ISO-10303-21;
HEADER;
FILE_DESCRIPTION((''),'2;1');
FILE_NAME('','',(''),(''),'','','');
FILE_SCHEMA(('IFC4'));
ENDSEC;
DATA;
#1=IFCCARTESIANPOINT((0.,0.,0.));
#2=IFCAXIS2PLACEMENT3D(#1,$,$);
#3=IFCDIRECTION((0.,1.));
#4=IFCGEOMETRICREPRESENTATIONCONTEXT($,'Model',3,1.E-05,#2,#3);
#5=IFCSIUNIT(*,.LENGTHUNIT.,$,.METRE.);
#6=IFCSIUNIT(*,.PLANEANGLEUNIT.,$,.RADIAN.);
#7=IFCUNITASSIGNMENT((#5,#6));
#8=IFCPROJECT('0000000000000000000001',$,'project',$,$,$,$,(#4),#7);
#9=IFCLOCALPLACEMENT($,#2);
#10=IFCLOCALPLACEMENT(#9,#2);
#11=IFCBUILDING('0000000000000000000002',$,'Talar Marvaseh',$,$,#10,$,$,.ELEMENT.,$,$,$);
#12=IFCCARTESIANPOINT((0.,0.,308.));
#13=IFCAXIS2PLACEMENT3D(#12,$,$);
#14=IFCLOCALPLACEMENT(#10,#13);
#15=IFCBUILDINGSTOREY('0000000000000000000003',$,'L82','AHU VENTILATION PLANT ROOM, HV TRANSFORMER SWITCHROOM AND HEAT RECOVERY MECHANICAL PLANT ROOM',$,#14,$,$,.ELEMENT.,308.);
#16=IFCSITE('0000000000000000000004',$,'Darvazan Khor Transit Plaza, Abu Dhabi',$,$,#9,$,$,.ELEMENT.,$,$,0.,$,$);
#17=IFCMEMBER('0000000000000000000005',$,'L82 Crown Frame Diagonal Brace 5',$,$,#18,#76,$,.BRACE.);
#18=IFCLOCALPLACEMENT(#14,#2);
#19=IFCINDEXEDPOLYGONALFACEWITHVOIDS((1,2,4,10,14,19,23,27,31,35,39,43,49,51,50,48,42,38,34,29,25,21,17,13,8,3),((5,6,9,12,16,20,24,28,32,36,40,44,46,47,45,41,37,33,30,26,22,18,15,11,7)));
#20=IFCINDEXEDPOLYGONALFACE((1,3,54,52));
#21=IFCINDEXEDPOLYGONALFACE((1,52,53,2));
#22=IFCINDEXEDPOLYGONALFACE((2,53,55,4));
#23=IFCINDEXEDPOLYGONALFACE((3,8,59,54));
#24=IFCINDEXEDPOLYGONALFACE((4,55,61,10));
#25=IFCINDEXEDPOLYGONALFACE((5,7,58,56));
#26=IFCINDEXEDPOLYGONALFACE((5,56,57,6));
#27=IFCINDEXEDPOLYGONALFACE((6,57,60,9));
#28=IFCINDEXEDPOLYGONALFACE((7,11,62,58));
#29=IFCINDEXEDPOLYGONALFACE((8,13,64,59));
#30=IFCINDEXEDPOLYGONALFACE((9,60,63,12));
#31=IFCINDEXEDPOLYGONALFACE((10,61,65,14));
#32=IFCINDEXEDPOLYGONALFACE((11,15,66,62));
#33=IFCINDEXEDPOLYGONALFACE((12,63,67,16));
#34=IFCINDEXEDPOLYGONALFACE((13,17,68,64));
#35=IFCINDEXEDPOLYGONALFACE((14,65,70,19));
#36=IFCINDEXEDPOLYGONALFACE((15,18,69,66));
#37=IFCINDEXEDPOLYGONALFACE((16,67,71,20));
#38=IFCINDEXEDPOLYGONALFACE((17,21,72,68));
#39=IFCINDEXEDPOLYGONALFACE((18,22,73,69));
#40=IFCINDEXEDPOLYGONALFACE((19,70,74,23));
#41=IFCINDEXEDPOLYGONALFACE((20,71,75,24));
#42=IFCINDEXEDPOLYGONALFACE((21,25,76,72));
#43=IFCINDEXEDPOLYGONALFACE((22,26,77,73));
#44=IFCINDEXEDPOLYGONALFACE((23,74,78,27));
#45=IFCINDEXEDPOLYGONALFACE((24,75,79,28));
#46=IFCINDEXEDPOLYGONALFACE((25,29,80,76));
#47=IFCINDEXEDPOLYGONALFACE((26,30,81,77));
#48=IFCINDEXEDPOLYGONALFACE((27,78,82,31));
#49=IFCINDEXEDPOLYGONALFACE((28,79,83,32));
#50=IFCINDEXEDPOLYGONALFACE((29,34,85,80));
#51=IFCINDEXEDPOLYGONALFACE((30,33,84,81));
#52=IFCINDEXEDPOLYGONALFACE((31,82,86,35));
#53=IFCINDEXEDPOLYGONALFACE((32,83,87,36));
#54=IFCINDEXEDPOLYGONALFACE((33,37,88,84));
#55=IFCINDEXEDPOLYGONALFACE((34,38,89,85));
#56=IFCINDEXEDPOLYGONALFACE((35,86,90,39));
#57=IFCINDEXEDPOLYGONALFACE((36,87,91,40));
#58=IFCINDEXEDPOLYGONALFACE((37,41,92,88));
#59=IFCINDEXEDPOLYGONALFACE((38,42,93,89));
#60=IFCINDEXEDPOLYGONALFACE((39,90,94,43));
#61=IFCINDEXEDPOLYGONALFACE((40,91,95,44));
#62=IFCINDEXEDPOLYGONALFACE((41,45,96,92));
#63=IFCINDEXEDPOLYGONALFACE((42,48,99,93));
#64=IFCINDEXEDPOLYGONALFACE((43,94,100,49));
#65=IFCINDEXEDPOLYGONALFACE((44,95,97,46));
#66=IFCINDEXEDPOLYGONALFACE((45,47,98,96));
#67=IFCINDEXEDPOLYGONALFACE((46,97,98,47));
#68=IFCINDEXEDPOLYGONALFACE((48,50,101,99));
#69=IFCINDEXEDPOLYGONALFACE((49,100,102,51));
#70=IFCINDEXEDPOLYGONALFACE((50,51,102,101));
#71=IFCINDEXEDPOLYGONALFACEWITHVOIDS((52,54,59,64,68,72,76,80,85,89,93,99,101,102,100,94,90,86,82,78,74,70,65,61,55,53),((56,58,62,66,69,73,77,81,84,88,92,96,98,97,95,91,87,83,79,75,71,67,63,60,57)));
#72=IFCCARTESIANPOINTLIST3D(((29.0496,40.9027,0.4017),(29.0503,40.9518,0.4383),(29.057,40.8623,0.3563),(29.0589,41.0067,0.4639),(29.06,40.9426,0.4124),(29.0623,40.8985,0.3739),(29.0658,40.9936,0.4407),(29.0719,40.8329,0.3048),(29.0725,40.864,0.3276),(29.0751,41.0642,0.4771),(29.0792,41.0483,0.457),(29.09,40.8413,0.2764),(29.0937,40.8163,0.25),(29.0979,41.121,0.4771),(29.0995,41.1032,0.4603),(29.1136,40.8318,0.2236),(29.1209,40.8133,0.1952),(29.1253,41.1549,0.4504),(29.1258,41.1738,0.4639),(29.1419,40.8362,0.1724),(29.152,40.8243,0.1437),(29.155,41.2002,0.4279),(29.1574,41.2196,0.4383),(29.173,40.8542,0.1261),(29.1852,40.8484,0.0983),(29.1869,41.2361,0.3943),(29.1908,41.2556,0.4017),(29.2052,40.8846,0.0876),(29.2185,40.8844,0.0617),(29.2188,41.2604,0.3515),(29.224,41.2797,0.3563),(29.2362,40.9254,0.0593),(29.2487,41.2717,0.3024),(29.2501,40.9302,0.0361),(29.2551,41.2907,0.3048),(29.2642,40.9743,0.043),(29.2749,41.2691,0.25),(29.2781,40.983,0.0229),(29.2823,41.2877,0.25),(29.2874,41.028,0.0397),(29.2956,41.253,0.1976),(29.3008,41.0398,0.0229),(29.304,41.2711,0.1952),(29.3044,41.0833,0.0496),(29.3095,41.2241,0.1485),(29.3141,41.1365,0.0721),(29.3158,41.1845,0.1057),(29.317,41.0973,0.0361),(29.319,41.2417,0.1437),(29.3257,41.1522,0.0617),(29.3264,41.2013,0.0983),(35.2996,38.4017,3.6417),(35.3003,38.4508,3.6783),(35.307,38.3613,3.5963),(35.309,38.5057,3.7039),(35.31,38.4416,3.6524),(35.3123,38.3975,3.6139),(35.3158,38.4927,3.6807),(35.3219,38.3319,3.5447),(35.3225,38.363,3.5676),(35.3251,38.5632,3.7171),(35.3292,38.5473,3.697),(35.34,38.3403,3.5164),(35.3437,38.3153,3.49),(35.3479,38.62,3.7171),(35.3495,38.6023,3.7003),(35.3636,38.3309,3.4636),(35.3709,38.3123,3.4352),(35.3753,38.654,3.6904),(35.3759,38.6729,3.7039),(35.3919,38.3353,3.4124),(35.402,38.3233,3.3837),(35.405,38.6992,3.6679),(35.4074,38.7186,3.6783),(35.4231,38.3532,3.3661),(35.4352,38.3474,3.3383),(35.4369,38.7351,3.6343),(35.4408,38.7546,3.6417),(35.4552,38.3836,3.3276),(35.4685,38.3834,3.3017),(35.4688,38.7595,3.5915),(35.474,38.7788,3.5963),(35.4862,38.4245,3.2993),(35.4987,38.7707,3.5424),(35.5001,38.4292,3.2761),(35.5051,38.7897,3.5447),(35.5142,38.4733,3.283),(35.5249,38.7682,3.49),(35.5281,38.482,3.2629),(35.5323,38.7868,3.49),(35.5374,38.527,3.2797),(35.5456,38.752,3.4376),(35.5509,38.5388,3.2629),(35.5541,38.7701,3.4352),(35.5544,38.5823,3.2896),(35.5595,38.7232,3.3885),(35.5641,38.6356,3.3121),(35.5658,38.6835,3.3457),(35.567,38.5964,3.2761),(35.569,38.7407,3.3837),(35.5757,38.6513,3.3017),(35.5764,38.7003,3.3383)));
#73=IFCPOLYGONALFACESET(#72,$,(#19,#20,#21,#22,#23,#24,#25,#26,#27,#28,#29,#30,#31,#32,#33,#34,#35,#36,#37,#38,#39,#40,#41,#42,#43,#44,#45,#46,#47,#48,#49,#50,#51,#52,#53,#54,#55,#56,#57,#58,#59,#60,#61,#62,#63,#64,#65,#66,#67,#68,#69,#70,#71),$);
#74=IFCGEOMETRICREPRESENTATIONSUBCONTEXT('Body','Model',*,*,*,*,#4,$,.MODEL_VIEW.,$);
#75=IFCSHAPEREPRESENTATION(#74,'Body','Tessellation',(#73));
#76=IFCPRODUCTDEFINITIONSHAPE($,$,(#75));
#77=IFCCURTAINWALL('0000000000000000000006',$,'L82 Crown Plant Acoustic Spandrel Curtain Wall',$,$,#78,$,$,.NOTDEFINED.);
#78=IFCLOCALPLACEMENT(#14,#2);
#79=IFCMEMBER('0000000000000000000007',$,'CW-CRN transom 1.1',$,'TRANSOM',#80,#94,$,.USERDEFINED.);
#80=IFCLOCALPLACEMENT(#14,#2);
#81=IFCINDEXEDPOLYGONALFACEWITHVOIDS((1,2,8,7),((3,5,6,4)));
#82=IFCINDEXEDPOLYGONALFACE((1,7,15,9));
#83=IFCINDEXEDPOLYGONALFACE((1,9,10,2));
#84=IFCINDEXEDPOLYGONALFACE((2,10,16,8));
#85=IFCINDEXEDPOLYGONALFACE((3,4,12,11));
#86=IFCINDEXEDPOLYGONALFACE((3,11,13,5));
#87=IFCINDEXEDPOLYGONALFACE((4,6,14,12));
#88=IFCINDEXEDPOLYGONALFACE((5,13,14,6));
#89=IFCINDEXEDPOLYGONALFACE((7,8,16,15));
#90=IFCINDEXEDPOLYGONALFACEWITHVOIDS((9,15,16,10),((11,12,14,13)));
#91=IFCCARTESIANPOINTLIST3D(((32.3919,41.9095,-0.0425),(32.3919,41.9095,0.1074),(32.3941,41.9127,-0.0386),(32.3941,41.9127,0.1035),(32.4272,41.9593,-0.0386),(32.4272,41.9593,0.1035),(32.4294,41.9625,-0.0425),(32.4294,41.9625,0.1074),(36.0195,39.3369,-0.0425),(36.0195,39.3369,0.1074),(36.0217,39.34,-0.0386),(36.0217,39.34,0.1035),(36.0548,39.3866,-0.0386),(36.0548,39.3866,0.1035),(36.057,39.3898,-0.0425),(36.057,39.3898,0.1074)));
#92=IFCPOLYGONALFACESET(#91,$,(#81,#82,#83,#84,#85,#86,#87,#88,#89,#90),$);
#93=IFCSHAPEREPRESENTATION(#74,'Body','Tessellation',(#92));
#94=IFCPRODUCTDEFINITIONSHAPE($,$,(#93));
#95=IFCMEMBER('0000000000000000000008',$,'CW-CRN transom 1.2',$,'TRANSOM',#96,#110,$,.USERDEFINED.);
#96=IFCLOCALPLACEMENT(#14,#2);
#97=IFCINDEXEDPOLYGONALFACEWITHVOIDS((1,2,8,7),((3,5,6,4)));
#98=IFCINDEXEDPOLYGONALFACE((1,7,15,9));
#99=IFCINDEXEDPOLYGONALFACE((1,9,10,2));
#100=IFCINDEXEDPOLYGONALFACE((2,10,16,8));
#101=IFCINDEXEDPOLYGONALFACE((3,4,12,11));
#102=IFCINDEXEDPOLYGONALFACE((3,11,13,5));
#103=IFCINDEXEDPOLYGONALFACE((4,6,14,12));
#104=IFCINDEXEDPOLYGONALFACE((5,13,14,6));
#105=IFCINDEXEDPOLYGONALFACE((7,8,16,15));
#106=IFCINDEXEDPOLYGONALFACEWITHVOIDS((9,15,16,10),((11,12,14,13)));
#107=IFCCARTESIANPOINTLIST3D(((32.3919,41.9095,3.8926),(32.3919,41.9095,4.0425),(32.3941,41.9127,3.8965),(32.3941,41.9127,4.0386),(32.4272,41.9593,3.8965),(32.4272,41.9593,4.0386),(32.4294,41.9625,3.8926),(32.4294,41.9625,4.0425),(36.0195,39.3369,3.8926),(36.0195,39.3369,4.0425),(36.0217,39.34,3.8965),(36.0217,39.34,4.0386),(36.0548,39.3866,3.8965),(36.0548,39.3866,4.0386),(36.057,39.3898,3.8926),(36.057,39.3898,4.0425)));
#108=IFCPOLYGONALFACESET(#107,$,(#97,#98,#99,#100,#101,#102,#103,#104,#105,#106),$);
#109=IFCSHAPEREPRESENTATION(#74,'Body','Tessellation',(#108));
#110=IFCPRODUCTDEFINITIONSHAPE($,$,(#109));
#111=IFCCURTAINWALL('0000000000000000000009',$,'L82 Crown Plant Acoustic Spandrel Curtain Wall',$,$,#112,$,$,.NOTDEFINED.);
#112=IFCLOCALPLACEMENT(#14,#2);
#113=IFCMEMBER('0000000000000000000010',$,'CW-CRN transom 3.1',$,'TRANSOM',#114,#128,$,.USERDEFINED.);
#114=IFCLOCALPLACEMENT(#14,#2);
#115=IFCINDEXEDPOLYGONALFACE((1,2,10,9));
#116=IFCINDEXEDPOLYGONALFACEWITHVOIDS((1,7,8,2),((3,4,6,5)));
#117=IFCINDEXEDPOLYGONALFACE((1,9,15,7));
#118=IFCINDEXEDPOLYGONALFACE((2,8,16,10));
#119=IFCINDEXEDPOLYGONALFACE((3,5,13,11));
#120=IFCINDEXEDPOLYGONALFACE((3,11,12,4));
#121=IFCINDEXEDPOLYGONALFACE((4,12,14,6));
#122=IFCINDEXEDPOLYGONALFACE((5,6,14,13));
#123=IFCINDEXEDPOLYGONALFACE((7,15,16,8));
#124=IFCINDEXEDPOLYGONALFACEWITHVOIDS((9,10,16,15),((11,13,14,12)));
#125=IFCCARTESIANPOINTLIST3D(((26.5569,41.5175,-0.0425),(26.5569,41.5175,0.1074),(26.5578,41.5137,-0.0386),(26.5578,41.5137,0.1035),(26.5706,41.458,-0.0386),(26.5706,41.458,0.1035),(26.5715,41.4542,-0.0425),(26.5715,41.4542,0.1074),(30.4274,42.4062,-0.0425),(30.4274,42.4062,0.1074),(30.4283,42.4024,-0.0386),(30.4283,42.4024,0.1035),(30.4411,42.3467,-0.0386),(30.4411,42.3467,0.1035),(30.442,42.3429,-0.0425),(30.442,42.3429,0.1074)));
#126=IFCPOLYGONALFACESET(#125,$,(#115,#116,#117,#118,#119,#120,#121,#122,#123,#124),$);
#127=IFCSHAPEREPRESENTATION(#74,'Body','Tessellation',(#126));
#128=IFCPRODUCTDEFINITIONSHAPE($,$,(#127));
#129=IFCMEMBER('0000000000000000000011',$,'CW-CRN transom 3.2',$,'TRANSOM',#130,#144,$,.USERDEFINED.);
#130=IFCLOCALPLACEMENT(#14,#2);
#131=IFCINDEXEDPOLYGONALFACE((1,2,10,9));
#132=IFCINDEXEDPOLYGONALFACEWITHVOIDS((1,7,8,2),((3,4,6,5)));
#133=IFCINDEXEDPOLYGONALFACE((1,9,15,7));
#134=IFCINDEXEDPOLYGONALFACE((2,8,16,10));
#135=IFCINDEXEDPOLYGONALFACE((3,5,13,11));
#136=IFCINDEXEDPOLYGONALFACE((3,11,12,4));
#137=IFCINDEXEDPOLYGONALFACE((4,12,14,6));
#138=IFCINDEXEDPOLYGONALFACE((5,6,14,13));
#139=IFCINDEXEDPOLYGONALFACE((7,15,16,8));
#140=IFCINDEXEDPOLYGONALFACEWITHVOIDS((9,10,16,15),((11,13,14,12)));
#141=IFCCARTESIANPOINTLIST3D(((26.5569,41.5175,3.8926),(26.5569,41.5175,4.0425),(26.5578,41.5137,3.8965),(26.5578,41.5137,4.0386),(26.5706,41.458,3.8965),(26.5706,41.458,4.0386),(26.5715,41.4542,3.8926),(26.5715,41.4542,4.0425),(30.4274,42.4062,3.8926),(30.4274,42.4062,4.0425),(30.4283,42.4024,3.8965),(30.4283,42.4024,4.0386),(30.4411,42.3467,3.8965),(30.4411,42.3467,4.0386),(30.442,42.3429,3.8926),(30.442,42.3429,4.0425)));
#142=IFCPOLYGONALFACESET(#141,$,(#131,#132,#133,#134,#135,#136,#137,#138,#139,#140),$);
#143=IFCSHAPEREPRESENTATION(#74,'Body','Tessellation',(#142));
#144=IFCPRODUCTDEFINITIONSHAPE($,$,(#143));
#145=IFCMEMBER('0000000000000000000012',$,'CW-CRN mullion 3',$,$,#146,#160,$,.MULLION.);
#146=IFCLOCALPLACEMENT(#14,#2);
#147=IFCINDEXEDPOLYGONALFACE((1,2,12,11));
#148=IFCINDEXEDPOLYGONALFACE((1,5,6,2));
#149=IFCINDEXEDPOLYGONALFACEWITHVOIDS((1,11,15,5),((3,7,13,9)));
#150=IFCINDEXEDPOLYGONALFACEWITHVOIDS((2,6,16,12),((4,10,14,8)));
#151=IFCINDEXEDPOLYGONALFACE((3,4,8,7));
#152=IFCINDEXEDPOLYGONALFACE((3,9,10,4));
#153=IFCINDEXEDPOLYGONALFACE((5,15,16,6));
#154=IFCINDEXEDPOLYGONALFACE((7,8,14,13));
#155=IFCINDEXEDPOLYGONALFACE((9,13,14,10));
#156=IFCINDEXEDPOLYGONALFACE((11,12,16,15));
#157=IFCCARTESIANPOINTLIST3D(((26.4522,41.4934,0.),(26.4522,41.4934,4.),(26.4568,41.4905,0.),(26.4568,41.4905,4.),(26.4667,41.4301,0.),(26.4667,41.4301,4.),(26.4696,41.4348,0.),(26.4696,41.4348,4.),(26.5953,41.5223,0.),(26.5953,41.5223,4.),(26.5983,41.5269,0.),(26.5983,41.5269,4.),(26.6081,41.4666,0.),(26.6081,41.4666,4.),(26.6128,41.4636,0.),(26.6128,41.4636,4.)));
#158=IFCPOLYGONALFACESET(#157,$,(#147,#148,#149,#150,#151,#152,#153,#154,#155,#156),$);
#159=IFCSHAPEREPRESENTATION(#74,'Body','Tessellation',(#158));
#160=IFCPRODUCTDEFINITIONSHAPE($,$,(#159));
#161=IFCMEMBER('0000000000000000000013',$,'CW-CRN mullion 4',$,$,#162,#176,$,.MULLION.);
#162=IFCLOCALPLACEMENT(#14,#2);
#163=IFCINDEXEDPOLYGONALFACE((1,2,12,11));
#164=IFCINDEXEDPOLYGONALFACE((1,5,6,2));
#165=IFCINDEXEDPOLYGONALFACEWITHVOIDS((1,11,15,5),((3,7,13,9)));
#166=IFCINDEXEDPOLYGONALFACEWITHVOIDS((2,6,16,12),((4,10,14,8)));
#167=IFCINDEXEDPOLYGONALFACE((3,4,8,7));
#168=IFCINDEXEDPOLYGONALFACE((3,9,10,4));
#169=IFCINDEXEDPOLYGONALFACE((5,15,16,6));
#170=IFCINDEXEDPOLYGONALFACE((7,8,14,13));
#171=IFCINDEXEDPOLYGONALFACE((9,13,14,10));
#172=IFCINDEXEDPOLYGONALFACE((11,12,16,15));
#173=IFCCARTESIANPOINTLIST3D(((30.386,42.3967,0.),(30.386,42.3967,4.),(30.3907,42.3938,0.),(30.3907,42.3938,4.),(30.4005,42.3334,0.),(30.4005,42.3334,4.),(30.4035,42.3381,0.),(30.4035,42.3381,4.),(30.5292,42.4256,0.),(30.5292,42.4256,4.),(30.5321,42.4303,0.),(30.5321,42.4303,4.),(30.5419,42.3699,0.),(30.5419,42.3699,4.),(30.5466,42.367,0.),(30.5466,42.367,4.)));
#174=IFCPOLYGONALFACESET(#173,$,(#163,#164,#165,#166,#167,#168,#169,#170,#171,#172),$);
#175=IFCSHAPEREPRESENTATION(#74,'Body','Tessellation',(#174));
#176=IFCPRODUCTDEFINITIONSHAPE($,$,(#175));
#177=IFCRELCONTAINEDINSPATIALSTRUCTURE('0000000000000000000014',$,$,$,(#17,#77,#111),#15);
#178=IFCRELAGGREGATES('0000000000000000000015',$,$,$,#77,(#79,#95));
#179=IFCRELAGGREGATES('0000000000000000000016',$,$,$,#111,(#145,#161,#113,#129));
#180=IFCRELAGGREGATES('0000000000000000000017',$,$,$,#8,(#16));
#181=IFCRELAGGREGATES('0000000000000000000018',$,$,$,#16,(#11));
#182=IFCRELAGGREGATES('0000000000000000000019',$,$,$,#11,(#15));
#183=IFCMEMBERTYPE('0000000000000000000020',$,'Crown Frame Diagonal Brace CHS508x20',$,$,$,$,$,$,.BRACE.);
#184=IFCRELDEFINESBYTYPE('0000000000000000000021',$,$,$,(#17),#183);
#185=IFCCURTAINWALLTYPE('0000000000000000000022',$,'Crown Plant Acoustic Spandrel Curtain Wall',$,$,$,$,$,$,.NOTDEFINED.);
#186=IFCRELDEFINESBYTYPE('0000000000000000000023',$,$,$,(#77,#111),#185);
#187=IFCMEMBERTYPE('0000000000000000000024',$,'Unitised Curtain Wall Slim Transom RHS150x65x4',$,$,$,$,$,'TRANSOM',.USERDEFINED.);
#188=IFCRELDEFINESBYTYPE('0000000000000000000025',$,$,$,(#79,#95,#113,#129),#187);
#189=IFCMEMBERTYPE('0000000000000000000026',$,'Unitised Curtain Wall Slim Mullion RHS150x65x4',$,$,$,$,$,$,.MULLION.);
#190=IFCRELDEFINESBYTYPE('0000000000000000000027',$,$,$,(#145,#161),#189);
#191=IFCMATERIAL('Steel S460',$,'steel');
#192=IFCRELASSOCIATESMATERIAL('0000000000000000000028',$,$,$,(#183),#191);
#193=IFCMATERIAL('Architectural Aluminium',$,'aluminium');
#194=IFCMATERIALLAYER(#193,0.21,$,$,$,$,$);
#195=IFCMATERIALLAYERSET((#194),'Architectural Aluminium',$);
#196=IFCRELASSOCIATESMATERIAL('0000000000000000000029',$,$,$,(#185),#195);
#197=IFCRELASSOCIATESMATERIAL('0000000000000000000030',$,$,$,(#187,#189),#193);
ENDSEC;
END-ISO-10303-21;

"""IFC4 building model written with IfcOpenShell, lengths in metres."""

from ifc_helpers import new_model, si_unit, direction, frame, origin, origin_2d, place, context, subcontext, project, spatial, hollow_rectangle, hollow_circle, extrude, source, transform, mapped, material, layer, layer_set, material_profile, profile_set, type_object, type_shapes, element, aggregate, save


model = new_model("IFC4")

# Units and contexts
model_context = context("Model", 3, precision=1e-05, world=origin(), true_north=direction((0.0, 1.0)))
body_context = subcontext(model_context, "Body", "Model", "MODEL_VIEW")
ifc_project = project(units=[si_unit("LENGTHUNIT", "METRE"), si_unit("PLANEANGLEUNIT", "RADIAN")], contexts=[model_context])

# Site, building, storey
site_placement = place(None, origin())
site = spatial("IfcSite", under=ifc_project, at=site_placement, Name="Darvazan Khor Transit Plaza, Abu Dhabi", CompositionType="ELEMENT", RefElevation=0.0)
building_placement = place(site_placement, origin())
building = spatial("IfcBuilding", under=site, at=building_placement, Name="Talar Marvaseh", CompositionType="ELEMENT")
storey_placement = place(building_placement, frame((0.0, 0.0, 308.0)))
storey = spatial("IfcBuildingStorey", under=building, at=storey_placement, Name="L82", Description="AHU VENTILATION PLANT ROOM, HV TRANSFORMER SWITCHROOM AND HEAT RECOVERY MECHANICAL PLANT ROOM", CompositionType="ELEMENT", Elevation=308.0)

# Shared definitions
ifc_material_1 = material(Name="Steel S460", Category="steel")

# Member
ifc_material_profile_1 = material_profile(ifc_material_1, hollow_circle(Radius=0.2539, WallThickness=0.02, at=origin_2d()), Name="CHS508x20")
ifc_profile_set_1 = profile_set([ifc_material_profile_1], Name="Steel S460")
member_type_1 = type_object("IfcMemberType", Name="Crown Frame Diagonal Brace CHS508x20", PredefinedType="BRACE", material=ifc_profile_set_1)
shared_shape_1 = source(origin(), body_context, "Body", "SweptSolid", [
    extrude(hollow_circle(Radius=0.2539, WallThickness=0.02, at=origin_2d()), origin(), (0.0, 0.0, 1.0), 7.4709),
])
type_shapes(member_type_1, [shared_shape_1])
member_1_placement = place(storey_placement, frame((29.188, 41.052, 0.25), z_axis=(0.836575, -0.334761, 0.433679), x_axis=(0.371516, 0.928427, 0.0)))
element("IfcMember", 1, at=member_1_placement, inside=storey, type_object=member_type_1, Name="L82 Crown Frame Diagonal Brace 5", PredefinedType="BRACE", context=body_context, shape_type="MappedRepresentation", body=[
    mapped(shared_shape_1, transform((0.0, 0.0, 0.0), x_axis=(1.0, 0.0, 0.0), y_axis=(0.0, 1.0, 0.0), z_axis=(0.0, 0.0, 1.0), scale=1.0)),
])

# Curtain walls, members
ifc_material_2 = material(Name="Architectural Aluminium", Category="aluminium")
ifc_layer_1 = layer(ifc_material_2, 0.21)
ifc_layer_set_1 = layer_set([ifc_layer_1], Name="Architectural Aluminium")
curtain_wall_type = type_object("IfcCurtainWallType", Name="Crown Plant Acoustic Spandrel Curtain Wall", PredefinedType="NOTDEFINED", material=ifc_layer_set_1)
curtain_wall_1_placement = place(storey_placement, origin())
curtain_wall_1 = element("IfcCurtainWall", 2, at=curtain_wall_1_placement, inside=storey, type_object=curtain_wall_type, Name="L82 Crown Plant Acoustic Spandrel Curtain Wall", PredefinedType="NOTDEFINED")
ifc_material_profile_2 = material_profile(ifc_material_2, hollow_rectangle(XDim=0.0649, YDim=0.1499, WallThickness=0.0039, at=origin_2d()), Name="RHS150x65x4")
ifc_profile_set_2 = profile_set([ifc_material_profile_2], Name="Architectural Aluminium")
member_type_2 = type_object("IfcMemberType", Name="Unitised Curtain Wall Slim Transom RHS150x65x4", ElementType="TRANSOM", PredefinedType="USERDEFINED", material=ifc_profile_set_2)
shared_shape_2 = source(origin(), body_context, "Body", "SweptSolid", [
    extrude(hollow_rectangle(XDim=0.0649, YDim=0.1499, WallThickness=0.0039, at=origin_2d()), origin(), (0.0, 0.0, 1.0), 4.4473),
])
member_2_placement = place(storey_placement, frame((32.4106, 41.936, 0.0325), z_axis=(0.815691, -0.578488, 0.0), x_axis=(0.578488, 0.815691, 0.0)))
member_2 = element("IfcMember", 3, at=member_2_placement, type_object=member_type_2, Name="CW-CRN transom 1.1", ObjectType="TRANSOM", PredefinedType="USERDEFINED", context=body_context, shape_type="MappedRepresentation", body=[
    mapped(shared_shape_2, transform((0.0, 0.0, 0.0), x_axis=(1.0, 0.0, 0.0), y_axis=(0.0, 1.0, 0.0), z_axis=(0.0, 0.0, 1.0), scale=1.0)),
])
member_3_placement = place(storey_placement, frame((32.4106, 41.936, 3.9675), z_axis=(0.815691, -0.578488, 0.0), x_axis=(0.578488, 0.815691, 0.0)))
member_3 = element("IfcMember", 4, at=member_3_placement, type_object=member_type_2, Name="CW-CRN transom 1.2", ObjectType="TRANSOM", PredefinedType="USERDEFINED", context=body_context, shape_type="MappedRepresentation", body=[
    mapped(shared_shape_2, transform((0.0, 0.0, 0.0), x_axis=(1.0, 0.0, 0.0), y_axis=(0.0, 1.0, 0.0), z_axis=(0.0, 0.0, 1.0), scale=1.0)),
])
curtain_wall_2_placement = place(storey_placement, origin())
curtain_wall_2 = element("IfcCurtainWall", 5, at=curtain_wall_2_placement, inside=storey, type_object=curtain_wall_type, Name="L82 Crown Plant Acoustic Spandrel Curtain Wall", PredefinedType="NOTDEFINED")
shared_shape_3 = source(origin(), body_context, "Body", "SweptSolid", [
    extrude(hollow_rectangle(XDim=0.0649, YDim=0.1499, WallThickness=0.0039, at=origin_2d()), origin(), (0.0, 0.0, 1.0), 3.9712),
])
type_shapes(member_type_2, [shared_shape_2, shared_shape_3])
member_4_placement = place(storey_placement, frame((26.5642, 41.4858, 0.0325), z_axis=(0.974638, 0.223786, 0.0), x_axis=(-0.223786, 0.974638, 0.0)))
member_4 = element("IfcMember", 6, at=member_4_placement, type_object=member_type_2, Name="CW-CRN transom 3.1", ObjectType="TRANSOM", PredefinedType="USERDEFINED", context=body_context, shape_type="MappedRepresentation", body=[
    mapped(shared_shape_3, transform((0.0, 0.0, 0.0), x_axis=(1.0, 0.0, 0.0), y_axis=(0.0, 1.0, 0.0), z_axis=(0.0, 0.0, 1.0), scale=1.0)),
])
member_5_placement = place(storey_placement, frame((26.5642, 41.4858, 3.9675), z_axis=(0.974638, 0.223786, 0.0), x_axis=(-0.223786, 0.974638, 0.0)))
member_5 = element("IfcMember", 7, at=member_5_placement, type_object=member_type_2, Name="CW-CRN transom 3.2", ObjectType="TRANSOM", PredefinedType="USERDEFINED", context=body_context, shape_type="MappedRepresentation", body=[
    mapped(shared_shape_3, transform((0.0, 0.0, 0.0), x_axis=(1.0, 0.0, 0.0), y_axis=(0.0, 1.0, 0.0), z_axis=(0.0, 0.0, 1.0), scale=1.0)),
])
ifc_material_profile_3 = material_profile(ifc_material_2, hollow_rectangle(XDim=0.0649, YDim=0.1499, WallThickness=0.0039, at=origin_2d()), Name="RHS150x65x4")
ifc_profile_set_3 = profile_set([ifc_material_profile_3], Name="Architectural Aluminium")
member_type_3 = type_object("IfcMemberType", Name="Unitised Curtain Wall Slim Mullion RHS150x65x4", PredefinedType="MULLION", material=ifc_profile_set_3)
shared_shape_4 = source(origin(), body_context, "Body", "SweptSolid", [
    extrude(hollow_rectangle(XDim=0.0649, YDim=0.1499, WallThickness=0.0039, at=origin_2d()), origin(), (0.0, 0.0, 1.0), 4.0),
])
type_shapes(member_type_3, [shared_shape_4])
member_6_placement = place(storey_placement, frame((26.5325, 41.4785, 0.0), z_axis=(0.0, 0.0, 1.0), x_axis=(-0.223792, 0.974637, 0.0)))
member_6 = element("IfcMember", 8, at=member_6_placement, type_object=member_type_3, Name="CW-CRN mullion 3", PredefinedType="MULLION", context=body_context, shape_type="MappedRepresentation", body=[
    mapped(shared_shape_4, transform((0.0, 0.0, 0.0), x_axis=(1.0, 0.0, 0.0), y_axis=(0.0, 1.0, 0.0), z_axis=(0.0, 0.0, 1.0), scale=1.0)),
])
member_7_placement = place(storey_placement, frame((30.4663, 42.3818, 0.0), z_axis=(0.0, 0.0, 1.0), x_axis=(-0.223792, 0.974637, 0.0)))
member_7 = element("IfcMember", 9, at=member_7_placement, type_object=member_type_3, Name="CW-CRN mullion 4", PredefinedType="MULLION", context=body_context, shape_type="MappedRepresentation", body=[
    mapped(shared_shape_4, transform((0.0, 0.0, 0.0), x_axis=(1.0, 0.0, 0.0), y_axis=(0.0, 1.0, 0.0), z_axis=(0.0, 0.0, 1.0), scale=1.0)),
])

aggregate(curtain_wall_1, [member_2, member_3])

aggregate(curtain_wall_2, [member_6, member_7, member_4, member_5])

save(model, "model.ifc")
